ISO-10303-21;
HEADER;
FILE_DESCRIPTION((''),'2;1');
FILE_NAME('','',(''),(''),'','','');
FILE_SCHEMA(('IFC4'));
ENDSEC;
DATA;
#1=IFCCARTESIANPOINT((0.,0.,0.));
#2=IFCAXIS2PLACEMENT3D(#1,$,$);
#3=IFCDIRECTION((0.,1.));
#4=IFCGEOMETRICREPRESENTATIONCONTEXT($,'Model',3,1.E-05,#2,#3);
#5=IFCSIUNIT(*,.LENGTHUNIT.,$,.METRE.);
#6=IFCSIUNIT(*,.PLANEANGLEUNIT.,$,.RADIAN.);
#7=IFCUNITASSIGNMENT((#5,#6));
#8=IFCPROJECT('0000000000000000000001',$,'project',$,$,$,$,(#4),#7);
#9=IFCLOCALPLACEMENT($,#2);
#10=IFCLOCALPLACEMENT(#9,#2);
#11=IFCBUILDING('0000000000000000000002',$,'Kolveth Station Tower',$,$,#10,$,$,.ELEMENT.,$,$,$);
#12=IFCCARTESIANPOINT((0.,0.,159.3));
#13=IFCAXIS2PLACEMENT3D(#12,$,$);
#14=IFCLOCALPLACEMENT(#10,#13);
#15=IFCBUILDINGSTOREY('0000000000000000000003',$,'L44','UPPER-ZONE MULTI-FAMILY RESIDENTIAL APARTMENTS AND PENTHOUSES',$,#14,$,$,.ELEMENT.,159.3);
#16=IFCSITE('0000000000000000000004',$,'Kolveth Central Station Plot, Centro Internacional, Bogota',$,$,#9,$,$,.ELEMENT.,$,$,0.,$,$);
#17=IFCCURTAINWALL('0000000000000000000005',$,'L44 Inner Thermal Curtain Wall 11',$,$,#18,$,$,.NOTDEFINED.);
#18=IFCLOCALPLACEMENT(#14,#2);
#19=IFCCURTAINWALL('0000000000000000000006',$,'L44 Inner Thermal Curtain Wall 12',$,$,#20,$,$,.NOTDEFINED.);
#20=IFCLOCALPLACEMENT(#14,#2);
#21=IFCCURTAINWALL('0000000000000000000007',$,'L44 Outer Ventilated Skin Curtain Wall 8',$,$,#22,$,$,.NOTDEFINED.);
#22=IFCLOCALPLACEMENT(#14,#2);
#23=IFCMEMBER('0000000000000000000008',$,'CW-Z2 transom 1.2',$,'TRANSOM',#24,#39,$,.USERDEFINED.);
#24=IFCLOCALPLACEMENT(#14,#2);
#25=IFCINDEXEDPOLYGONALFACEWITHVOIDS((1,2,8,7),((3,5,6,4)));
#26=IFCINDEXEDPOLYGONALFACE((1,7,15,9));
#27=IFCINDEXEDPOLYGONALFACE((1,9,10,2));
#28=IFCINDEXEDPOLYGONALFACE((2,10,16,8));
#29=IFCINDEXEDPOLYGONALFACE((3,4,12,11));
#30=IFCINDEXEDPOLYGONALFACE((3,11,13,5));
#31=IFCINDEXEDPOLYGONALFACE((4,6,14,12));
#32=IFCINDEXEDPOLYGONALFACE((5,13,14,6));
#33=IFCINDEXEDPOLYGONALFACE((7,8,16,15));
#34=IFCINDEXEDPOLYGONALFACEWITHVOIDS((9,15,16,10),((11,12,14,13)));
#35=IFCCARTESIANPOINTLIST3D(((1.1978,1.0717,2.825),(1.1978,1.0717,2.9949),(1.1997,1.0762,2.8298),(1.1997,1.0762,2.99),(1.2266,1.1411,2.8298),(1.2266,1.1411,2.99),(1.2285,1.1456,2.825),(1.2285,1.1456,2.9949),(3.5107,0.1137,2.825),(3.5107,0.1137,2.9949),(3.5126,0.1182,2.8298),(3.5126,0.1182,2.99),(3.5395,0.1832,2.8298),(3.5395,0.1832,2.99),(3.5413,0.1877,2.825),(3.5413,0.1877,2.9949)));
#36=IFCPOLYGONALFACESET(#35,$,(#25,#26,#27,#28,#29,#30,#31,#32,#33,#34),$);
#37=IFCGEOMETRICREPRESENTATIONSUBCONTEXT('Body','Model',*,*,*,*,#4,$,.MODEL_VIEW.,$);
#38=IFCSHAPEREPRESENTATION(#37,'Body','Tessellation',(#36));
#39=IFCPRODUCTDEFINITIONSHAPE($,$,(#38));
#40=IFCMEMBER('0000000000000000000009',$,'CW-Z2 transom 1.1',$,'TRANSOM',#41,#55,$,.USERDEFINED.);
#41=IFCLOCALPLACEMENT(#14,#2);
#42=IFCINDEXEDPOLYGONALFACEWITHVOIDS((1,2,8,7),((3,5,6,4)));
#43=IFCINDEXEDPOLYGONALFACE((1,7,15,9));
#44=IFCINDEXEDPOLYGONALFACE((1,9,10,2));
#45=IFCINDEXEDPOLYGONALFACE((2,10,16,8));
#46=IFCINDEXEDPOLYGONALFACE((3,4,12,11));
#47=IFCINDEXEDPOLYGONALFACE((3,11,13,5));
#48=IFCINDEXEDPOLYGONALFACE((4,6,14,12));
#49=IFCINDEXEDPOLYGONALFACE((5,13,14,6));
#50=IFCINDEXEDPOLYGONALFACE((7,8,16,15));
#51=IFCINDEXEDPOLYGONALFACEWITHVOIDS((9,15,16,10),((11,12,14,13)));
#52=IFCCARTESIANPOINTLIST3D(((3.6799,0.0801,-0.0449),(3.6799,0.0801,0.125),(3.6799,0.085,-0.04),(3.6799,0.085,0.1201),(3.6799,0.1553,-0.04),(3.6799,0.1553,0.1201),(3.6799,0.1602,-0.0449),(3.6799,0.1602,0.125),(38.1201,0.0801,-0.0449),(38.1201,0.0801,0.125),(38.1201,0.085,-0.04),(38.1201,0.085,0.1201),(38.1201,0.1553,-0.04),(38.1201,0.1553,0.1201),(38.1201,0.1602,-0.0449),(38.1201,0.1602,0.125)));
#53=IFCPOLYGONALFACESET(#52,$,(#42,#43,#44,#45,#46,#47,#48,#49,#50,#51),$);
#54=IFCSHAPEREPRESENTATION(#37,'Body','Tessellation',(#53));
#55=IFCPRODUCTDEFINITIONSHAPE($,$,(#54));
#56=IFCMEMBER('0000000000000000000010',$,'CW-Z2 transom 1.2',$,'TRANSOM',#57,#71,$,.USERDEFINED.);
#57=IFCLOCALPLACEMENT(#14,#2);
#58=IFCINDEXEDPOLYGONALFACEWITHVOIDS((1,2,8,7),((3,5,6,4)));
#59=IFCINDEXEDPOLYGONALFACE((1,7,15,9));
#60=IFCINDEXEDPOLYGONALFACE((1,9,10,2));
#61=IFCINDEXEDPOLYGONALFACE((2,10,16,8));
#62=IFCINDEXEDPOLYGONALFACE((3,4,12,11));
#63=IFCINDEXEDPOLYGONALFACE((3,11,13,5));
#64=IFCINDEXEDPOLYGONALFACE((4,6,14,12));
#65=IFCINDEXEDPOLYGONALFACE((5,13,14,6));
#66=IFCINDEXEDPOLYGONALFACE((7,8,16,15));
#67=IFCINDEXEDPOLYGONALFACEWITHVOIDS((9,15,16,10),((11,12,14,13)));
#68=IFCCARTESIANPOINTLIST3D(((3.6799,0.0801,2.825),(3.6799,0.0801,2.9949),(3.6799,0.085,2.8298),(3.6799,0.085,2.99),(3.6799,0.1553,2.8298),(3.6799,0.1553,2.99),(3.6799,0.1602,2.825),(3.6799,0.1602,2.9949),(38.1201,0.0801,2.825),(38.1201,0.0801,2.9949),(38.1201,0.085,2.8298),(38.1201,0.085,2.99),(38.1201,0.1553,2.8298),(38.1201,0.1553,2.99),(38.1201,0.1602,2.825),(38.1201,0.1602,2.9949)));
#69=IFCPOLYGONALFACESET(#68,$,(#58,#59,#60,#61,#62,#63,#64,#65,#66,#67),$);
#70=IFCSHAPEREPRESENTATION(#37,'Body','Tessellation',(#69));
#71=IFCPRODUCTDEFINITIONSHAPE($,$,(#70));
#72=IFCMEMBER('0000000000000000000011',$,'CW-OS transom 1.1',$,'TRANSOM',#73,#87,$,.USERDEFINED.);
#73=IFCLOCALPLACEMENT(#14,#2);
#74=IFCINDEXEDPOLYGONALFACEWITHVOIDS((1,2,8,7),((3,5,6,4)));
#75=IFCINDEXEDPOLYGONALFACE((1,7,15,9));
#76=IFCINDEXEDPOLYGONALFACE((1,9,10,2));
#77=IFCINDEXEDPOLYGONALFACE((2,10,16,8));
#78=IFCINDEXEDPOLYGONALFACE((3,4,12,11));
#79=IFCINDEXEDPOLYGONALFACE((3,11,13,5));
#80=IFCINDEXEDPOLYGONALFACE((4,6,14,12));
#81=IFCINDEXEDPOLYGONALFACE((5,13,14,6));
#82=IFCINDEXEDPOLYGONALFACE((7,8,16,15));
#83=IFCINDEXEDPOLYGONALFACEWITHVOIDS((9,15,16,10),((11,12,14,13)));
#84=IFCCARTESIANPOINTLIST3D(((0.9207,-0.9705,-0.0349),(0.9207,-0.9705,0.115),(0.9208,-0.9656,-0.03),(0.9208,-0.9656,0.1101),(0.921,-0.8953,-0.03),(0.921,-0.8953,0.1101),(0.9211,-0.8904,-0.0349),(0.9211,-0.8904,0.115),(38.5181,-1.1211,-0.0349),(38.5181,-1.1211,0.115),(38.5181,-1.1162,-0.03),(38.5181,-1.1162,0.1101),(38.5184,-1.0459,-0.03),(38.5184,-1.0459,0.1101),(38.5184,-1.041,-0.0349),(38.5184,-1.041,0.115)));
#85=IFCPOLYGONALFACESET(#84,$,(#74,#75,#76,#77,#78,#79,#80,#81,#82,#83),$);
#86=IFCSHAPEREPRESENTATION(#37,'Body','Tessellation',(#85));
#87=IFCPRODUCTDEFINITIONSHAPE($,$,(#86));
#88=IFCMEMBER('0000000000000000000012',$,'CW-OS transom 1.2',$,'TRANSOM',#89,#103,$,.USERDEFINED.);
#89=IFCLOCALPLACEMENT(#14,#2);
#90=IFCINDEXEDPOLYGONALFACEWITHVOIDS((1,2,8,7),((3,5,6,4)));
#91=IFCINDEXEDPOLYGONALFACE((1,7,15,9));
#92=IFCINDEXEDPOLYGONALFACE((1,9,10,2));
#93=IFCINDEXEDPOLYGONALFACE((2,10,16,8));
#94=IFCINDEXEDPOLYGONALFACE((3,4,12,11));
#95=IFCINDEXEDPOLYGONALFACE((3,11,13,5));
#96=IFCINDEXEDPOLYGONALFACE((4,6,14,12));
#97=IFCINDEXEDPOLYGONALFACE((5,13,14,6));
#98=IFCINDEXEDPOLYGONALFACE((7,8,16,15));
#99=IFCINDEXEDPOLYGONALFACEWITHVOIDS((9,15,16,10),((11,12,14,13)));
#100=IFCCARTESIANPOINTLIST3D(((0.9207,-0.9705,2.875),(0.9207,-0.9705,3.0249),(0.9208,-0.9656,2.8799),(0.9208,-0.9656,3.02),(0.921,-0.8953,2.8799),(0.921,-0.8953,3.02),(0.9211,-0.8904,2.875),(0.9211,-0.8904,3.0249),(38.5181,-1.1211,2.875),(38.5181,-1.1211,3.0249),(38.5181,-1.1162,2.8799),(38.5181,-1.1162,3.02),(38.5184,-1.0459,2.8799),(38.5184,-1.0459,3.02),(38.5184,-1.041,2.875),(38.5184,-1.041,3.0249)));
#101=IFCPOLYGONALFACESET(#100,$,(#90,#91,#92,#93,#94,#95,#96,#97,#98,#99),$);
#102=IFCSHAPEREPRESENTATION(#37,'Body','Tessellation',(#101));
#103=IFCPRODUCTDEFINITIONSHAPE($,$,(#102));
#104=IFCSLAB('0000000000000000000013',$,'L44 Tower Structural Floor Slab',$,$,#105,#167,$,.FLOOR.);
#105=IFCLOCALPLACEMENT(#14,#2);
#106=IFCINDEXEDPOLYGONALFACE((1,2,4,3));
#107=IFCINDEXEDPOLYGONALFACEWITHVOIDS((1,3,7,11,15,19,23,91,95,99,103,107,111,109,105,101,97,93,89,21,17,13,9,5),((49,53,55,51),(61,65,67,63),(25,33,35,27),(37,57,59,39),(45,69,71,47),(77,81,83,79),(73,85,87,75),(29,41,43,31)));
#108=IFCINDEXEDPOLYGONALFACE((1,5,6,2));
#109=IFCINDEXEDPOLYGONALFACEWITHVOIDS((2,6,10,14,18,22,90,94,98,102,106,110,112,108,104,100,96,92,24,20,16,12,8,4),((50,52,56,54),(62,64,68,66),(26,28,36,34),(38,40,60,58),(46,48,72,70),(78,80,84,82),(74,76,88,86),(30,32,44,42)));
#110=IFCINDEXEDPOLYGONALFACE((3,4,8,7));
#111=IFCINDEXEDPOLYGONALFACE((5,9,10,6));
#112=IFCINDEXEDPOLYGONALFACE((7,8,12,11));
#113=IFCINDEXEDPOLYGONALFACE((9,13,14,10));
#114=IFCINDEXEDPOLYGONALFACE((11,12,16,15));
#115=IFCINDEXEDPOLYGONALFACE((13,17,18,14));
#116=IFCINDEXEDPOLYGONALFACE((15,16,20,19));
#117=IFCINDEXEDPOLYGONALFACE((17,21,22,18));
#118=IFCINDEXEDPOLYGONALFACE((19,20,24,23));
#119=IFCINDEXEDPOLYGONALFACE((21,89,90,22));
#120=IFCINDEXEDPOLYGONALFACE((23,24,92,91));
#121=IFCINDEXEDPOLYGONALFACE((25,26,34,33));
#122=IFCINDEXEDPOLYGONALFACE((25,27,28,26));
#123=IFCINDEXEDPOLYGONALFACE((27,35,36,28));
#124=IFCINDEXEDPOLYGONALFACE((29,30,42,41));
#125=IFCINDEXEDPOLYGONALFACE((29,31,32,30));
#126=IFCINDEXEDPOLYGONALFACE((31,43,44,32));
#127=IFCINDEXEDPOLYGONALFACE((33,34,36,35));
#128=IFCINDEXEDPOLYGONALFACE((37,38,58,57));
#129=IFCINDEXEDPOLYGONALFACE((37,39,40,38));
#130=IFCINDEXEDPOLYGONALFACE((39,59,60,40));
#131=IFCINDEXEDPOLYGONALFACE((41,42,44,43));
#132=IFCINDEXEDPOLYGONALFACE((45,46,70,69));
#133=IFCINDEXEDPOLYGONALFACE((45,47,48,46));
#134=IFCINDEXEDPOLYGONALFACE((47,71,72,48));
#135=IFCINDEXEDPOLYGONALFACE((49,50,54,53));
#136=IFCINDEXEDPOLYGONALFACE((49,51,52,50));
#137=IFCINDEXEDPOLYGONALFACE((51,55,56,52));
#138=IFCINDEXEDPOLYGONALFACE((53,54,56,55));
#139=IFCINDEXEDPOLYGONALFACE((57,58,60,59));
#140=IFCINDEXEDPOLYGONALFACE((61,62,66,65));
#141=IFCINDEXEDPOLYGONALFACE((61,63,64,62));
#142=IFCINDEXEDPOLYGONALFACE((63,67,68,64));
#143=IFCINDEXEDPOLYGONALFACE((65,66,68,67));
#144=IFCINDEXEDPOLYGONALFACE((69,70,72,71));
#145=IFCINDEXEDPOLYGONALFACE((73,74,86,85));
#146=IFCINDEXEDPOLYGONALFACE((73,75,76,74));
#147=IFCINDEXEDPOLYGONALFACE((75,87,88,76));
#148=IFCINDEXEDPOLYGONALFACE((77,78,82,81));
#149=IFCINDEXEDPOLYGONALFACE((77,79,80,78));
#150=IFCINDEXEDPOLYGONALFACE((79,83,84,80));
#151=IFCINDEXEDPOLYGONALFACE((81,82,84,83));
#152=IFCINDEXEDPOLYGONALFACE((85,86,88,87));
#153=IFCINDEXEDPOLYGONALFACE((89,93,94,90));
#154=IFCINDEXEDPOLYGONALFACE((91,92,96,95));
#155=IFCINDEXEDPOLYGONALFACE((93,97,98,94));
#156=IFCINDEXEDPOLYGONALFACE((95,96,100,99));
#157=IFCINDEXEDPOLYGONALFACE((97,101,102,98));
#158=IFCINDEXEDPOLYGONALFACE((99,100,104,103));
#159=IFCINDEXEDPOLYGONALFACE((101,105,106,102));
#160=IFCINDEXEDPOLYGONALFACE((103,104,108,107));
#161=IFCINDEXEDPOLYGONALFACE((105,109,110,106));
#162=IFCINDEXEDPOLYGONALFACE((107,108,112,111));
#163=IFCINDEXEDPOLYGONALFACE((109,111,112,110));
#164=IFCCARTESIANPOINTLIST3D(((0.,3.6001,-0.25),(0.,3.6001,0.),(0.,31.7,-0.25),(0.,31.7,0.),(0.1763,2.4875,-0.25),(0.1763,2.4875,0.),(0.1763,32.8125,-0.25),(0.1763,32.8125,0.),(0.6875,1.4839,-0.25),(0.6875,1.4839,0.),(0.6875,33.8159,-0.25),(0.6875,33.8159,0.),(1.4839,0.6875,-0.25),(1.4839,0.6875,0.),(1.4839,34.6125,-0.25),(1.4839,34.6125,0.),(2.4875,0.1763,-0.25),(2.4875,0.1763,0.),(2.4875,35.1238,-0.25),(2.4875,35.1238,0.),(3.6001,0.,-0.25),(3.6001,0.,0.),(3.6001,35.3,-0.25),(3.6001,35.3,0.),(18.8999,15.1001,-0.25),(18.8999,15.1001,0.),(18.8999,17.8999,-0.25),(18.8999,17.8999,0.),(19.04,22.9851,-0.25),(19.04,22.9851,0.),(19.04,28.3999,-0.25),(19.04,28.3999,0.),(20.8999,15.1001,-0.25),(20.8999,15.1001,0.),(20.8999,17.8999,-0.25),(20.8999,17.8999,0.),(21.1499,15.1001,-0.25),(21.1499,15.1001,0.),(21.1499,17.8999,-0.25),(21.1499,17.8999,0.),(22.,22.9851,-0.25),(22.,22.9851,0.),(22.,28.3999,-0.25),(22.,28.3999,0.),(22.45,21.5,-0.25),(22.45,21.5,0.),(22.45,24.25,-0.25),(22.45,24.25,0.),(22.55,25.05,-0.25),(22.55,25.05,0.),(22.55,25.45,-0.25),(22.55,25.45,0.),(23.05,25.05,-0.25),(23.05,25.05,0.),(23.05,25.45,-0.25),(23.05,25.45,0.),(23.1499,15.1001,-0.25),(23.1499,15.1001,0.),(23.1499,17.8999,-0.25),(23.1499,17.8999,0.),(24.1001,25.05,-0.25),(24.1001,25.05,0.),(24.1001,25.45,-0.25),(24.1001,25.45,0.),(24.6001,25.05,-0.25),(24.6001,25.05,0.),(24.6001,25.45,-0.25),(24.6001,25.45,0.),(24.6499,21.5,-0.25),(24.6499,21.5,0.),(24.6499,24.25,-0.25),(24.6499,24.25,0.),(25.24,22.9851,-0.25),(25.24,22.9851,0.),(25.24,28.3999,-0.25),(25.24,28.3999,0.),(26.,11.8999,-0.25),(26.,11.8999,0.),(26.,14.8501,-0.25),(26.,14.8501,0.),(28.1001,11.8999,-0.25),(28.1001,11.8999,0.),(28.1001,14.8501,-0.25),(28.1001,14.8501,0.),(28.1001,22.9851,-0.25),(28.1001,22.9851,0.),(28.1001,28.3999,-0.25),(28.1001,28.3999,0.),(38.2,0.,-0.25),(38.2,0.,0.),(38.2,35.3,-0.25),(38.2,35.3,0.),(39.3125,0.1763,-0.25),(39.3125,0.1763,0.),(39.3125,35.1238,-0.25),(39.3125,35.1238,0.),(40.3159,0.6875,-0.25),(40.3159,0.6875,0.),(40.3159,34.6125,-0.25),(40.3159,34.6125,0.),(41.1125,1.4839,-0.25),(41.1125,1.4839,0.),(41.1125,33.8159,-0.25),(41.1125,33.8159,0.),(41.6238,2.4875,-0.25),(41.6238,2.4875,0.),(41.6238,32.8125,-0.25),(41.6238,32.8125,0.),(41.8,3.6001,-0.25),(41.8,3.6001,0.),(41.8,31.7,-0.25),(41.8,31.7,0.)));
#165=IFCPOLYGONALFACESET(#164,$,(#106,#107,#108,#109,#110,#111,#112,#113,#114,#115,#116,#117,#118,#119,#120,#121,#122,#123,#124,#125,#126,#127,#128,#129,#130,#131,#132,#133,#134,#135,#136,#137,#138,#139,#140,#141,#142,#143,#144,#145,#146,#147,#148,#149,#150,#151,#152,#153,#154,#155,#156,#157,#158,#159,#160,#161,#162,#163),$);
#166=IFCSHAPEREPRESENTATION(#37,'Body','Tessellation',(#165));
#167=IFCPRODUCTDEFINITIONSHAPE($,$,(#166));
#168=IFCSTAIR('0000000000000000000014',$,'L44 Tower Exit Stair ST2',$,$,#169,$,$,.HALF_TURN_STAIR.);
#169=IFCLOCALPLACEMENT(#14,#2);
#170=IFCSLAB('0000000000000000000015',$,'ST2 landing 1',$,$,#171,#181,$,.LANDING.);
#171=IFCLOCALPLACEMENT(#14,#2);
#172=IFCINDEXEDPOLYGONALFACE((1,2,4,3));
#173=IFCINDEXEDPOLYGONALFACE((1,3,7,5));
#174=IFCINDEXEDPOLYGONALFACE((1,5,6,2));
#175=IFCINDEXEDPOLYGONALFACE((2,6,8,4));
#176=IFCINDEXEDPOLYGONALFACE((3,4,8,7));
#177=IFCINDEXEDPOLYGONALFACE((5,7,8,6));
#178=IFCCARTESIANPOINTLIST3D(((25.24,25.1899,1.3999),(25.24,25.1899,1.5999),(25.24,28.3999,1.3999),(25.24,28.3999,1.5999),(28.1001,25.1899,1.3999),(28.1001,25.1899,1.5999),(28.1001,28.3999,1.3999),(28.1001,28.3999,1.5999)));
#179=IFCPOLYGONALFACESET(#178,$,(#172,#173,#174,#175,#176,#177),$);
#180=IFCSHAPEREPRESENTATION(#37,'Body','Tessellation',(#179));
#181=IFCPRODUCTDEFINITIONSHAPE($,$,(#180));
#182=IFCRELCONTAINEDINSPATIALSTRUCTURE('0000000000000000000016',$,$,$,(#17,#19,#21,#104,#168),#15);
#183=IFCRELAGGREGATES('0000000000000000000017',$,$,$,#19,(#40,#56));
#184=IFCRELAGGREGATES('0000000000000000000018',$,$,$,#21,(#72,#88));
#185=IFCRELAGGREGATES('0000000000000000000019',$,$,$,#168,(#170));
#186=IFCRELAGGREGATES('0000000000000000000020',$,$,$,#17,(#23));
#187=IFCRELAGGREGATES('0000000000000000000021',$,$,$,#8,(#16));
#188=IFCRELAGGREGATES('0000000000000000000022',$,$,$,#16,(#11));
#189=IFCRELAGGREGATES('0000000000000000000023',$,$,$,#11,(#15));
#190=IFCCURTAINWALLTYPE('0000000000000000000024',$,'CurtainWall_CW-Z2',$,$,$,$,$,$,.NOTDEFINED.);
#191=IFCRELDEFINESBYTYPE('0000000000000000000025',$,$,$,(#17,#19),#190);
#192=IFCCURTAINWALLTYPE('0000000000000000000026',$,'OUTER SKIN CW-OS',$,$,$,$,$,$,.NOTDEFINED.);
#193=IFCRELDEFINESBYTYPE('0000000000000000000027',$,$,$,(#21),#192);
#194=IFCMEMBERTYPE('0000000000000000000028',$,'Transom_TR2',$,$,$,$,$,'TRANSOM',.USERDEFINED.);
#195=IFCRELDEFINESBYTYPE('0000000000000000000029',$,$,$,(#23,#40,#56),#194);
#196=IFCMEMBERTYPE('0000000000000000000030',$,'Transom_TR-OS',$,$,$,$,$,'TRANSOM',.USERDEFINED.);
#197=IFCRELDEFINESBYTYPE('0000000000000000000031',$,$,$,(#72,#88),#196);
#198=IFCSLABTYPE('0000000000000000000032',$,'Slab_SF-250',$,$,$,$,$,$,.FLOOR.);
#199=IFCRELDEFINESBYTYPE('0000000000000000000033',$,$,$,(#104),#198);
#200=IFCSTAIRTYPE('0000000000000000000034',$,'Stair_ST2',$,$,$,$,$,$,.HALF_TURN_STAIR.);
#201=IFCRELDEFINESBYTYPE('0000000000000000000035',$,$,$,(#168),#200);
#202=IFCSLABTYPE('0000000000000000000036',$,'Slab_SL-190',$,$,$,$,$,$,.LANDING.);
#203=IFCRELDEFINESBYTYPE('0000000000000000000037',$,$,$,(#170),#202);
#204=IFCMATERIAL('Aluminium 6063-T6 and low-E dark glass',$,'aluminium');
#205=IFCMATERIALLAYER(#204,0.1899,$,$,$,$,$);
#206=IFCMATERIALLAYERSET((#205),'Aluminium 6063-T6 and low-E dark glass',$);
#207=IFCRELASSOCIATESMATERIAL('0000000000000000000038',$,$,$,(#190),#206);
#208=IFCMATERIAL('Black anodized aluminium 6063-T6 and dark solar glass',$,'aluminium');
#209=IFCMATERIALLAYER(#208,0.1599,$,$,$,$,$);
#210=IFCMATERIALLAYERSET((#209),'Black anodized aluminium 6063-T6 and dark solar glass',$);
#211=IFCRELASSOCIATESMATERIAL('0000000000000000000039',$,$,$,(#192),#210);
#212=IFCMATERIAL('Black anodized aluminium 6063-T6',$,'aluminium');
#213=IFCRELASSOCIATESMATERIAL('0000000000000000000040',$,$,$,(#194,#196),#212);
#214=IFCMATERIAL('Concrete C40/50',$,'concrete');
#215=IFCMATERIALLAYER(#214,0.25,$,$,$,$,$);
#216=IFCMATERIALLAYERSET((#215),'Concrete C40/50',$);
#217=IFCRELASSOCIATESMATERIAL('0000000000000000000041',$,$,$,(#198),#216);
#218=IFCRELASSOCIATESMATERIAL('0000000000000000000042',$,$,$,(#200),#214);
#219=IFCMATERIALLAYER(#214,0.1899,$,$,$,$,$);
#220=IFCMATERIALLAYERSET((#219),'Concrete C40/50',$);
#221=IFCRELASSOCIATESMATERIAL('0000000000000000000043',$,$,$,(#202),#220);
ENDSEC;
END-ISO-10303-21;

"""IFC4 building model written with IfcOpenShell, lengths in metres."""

from ifc_helpers import new_model, si_unit, direction, frame, origin, origin_2d, place, context, subcontext, project, spatial, polyline, hollow_rectangle, outline, extrude, source, transform, mapped, material, layer, layer_set, material_profile, profile_set, type_object, element, aggregate, save


model = new_model("IFC4")

# Units and contexts
model_context = context("Model", 3, precision=1e-05, world=origin(), true_north=direction((0.0, 1.0)))
body_context = subcontext(model_context, "Body", "Model", "MODEL_VIEW")
ifc_project = project(units=[si_unit("LENGTHUNIT", "METRE"), si_unit("PLANEANGLEUNIT", "RADIAN")], contexts=[model_context])

# Site, building, storey
site_placement = place(None, origin())
site = spatial("IfcSite", under=ifc_project, at=site_placement, Name="Kolveth Central Station Plot, Centro Internacional, Bogota", CompositionType="ELEMENT", RefElevation=0.0)
building_placement = place(site_placement, origin())
building = spatial("IfcBuilding", under=site, at=building_placement, Name="Kolveth Station Tower", CompositionType="ELEMENT")
storey_placement = place(building_placement, frame((0.0, 0.0, 159.3)))
storey = spatial("IfcBuildingStorey", under=building, at=storey_placement, Name="L44", Description="UPPER-ZONE MULTI-FAMILY RESIDENTIAL APARTMENTS AND PENTHOUSES", CompositionType="ELEMENT", Elevation=159.3)

# Shared definitions
ifc_material_1 = material(Name="Aluminium 6063-T6 and low-E dark glass", Category="aluminium")
ifc_layer_1 = layer(ifc_material_1, 0.1899)
ifc_layer_set_1 = layer_set([ifc_layer_1], Name="Aluminium 6063-T6 and low-E dark glass")
curtain_wall_type_1 = type_object("IfcCurtainWallType", Name="CurtainWall_CW-Z2", PredefinedType="NOTDEFINED", material=ifc_layer_set_1)
ifc_material_2 = material(Name="Black anodized aluminium 6063-T6", Category="aluminium")

# Curtain wall
curtain_wall_1_placement = place(storey_placement, origin())
curtain_wall_1 = element("IfcCurtainWall", 1, at=curtain_wall_1_placement, inside=storey, type_object=curtain_wall_type_1, Name="L44 Inner Thermal Curtain Wall 11", PredefinedType="NOTDEFINED")

# Curtain walls
curtain_wall_2_placement = place(storey_placement, origin())
curtain_wall_2 = element("IfcCurtainWall", 2, at=curtain_wall_2_placement, inside=storey, type_object=curtain_wall_type_1, Name="L44 Inner Thermal Curtain Wall 12", PredefinedType="NOTDEFINED")
ifc_material_3 = material(Name="Black anodized aluminium 6063-T6 and dark solar glass", Category="aluminium")
ifc_layer_2 = layer(ifc_material_3, 0.1599)
ifc_layer_set_2 = layer_set([ifc_layer_2], Name="Black anodized aluminium 6063-T6 and dark solar glass")
curtain_wall_type_2 = type_object("IfcCurtainWallType", Name="OUTER SKIN CW-OS", PredefinedType="NOTDEFINED", material=ifc_layer_set_2)
curtain_wall_3_placement = place(storey_placement, origin())
curtain_wall_3 = element("IfcCurtainWall", 3, at=curtain_wall_3_placement, inside=storey, type_object=curtain_wall_type_2, Name="L44 Outer Ventilated Skin Curtain Wall 8", PredefinedType="NOTDEFINED")

# Members
ifc_material_profile_1 = material_profile(ifc_material_2, hollow_rectangle(XDim=0.0801, YDim=0.1699, WallThickness=0.0049, at=origin_2d()), Name="ALU-80x170x5")
ifc_profile_set_1 = profile_set([ifc_material_profile_1], Name="Black anodized aluminium 6063-T6")
member_type_1 = type_object("IfcMemberType", Name="Transom_TR2", ElementType="TRANSOM", PredefinedType="USERDEFINED", material=ifc_profile_set_1)
shared_shape_1 = source(origin(), body_context, "Body", "SweptSolid", [
    extrude(hollow_rectangle(XDim=0.0801, YDim=0.1699, WallThickness=0.0049, at=origin_2d()), origin(), (0.0, 0.0, 1.0), 2.5034),
])
member_1_placement = place(storey_placement, frame((1.2131, 1.1086, 2.9099), z_axis=(0.923888, -0.382662, 0.0), x_axis=(0.382662, 0.923888, 0.0)))
member_1 = element("IfcMember", 4, at=member_1_placement, type_object=member_type_1, Name="CW-Z2 transom 1.2", ObjectType="TRANSOM", PredefinedType="USERDEFINED", context=body_context, shape_type="MappedRepresentation", body=[
    mapped(shared_shape_1, transform((0.0, 0.0, 0.0), x_axis=(1.0, 0.0, 0.0), y_axis=(0.0, 1.0, 0.0), z_axis=(0.0, 0.0, 1.0), scale=1.0)),
])
shared_shape_2 = source(origin(), body_context, "Body", "SweptSolid", [
    extrude(hollow_rectangle(XDim=0.0801, YDim=0.1699, WallThickness=0.0049, at=origin_2d()), origin(), (0.0, 0.0, 1.0), 34.4402),
])
member_2_placement = place(storey_placement, frame((3.6799, 0.1201, 0.04), z_axis=(1.0, 0.0, 0.0), x_axis=(0.0, 1.0, 0.0)))
member_2 = element("IfcMember", 5, at=member_2_placement, type_object=member_type_1, Name="CW-Z2 transom 1.1", ObjectType="TRANSOM", PredefinedType="USERDEFINED", context=body_context, shape_type="MappedRepresentation", body=[
    mapped(shared_shape_2, transform((0.0, 0.0, 0.0), x_axis=(1.0, 0.0, 0.0), y_axis=(0.0, 1.0, 0.0), z_axis=(0.0, 0.0, 1.0), scale=1.0)),
])
member_3_placement = place(storey_placement, frame((3.6799, 0.1201, 2.9099), z_axis=(1.0, 0.0, 0.0), x_axis=(0.0, 1.0, 0.0)))
member_3 = element("IfcMember", 6, at=member_3_placement, type_object=member_type_1, Name="CW-Z2 transom 1.2", ObjectType="TRANSOM", PredefinedType="USERDEFINED", context=body_context, shape_type="MappedRepresentation", body=[
    mapped(shared_shape_2, transform((0.0, 0.0, 0.0), x_axis=(1.0, 0.0, 0.0), y_axis=(0.0, 1.0, 0.0), z_axis=(0.0, 0.0, 1.0), scale=1.0)),
])
aggregate(curtain_wall_2, [member_2, member_3])
ifc_material_profile_2 = material_profile(ifc_material_2, hollow_rectangle(XDim=0.0801, YDim=0.1499, WallThickness=0.0049, at=origin_2d()), Name="ALU-80x150x5")
ifc_profile_set_2 = profile_set([ifc_material_profile_2], Name="Black anodized aluminium 6063-T6")
member_type_2 = type_object("IfcMemberType", Name="Transom_TR-OS", ElementType="TRANSOM", PredefinedType="USERDEFINED", material=ifc_profile_set_2)
shared_shape_3 = source(origin(), body_context, "Body", "SweptSolid", [
    extrude(hollow_rectangle(XDim=0.0801, YDim=0.1499, WallThickness=0.0049, at=origin_2d()), origin(), (0.0, 0.0, 1.0), 37.5977),
])
member_4_placement = place(storey_placement, frame((0.9209, -0.9304, 0.04), z_axis=(0.999992, -0.004006, 0.0), x_axis=(0.004006, 0.999992, 0.0)))
member_4 = element("IfcMember", 7, at=member_4_placement, type_object=member_type_2, Name="CW-OS transom 1.1", ObjectType="TRANSOM", PredefinedType="USERDEFINED", context=body_context, shape_type="MappedRepresentation", body=[
    mapped(shared_shape_3, transform((0.0, 0.0, 0.0), x_axis=(1.0, 0.0, 0.0), y_axis=(0.0, 1.0, 0.0), z_axis=(0.0, 0.0, 1.0), scale=1.0)),
])
member_5_placement = place(storey_placement, frame((0.9209, -0.9304, 2.95), z_axis=(0.999992, -0.004006, 0.0), x_axis=(0.004006, 0.999992, 0.0)))
member_5 = element("IfcMember", 8, at=member_5_placement, type_object=member_type_2, Name="CW-OS transom 1.2", ObjectType="TRANSOM", PredefinedType="USERDEFINED", context=body_context, shape_type="MappedRepresentation", body=[
    mapped(shared_shape_3, transform((0.0, 0.0, 0.0), x_axis=(1.0, 0.0, 0.0), y_axis=(0.0, 1.0, 0.0), z_axis=(0.0, 0.0, 1.0), scale=1.0)),
])
aggregate(curtain_wall_3, [member_4, member_5])

# Slab
ifc_material_4 = material(Name="Concrete C40/50", Category="concrete")
ifc_layer_3 = layer(ifc_material_4, 0.25)
ifc_layer_set_3 = layer_set([ifc_layer_3], Name="Concrete C40/50")
slab_type_1 = type_object("IfcSlabType", Name="Slab_SF-250", PredefinedType="FLOOR", material=ifc_layer_set_3)
slab_1_placement = place(storey_placement, frame((0.0, 0.0, -0.25)))
element("IfcSlab", 9, at=slab_1_placement, inside=storey, type_object=slab_type_1, Name="L44 Tower Structural Floor Slab", PredefinedType="FLOOR", context=body_context, shape_type="SweptSolid", body=[
    extrude(outline(polyline([(38.2, 0.0), (39.3125, 0.1763), (40.3159, 0.6875), (41.1125, 1.4839), (41.6238, 2.4875), (41.8, 3.6001), (41.8, 31.7), (41.6238, 32.8125), (41.1125, 33.8159), (40.3159, 34.6125), (39.3125, 35.1238), (38.2, 35.3), (3.6001, 35.3), (2.4875, 35.1238), (1.4839, 34.6125), (0.6875, 33.8159), (0.1763, 32.8125), (0.0, 31.7), (0.0, 3.6001), (0.1763, 2.4875), (0.6875, 1.4839), (1.4839, 0.6875), (2.4875, 0.1763), (3.6001, 0.0), (38.2, 0.0)]), holes=[polyline([(19.04, 22.9851), (22.0, 22.9851), (22.0, 28.3999), (19.04, 28.3999), (19.04, 22.9851)]), polyline([(25.24, 22.9851), (28.1001, 22.9851), (28.1001, 28.3999), (25.24, 28.3999), (25.24, 22.9851)]), polyline([(18.8999, 15.1001), (20.8999, 15.1001), (20.8999, 17.8999), (18.8999, 17.8999), (18.8999, 15.1001)]), polyline([(21.1499, 15.1001), (23.1499, 15.1001), (23.1499, 17.8999), (21.1499, 17.8999), (21.1499, 15.1001)]), polyline([(22.45, 21.5), (24.6499, 21.5), (24.6499, 24.25), (22.45, 24.25), (22.45, 21.5)]), polyline([(26.0, 11.8999), (28.1001, 11.8999), (28.1001, 14.8501), (26.0, 14.8501), (26.0, 11.8999)]), polyline([(22.55, 25.05), (23.05, 25.05), (23.05, 25.45), (22.55, 25.45), (22.55, 25.05)]), polyline([(24.1001, 25.05), (24.6001, 25.05), (24.6001, 25.45), (24.1001, 25.45), (24.1001, 25.05)])]), origin(), (0.0, 0.0, 1.0), 0.25),
])

# Stair, slab
stair_type_1 = type_object("IfcStairType", Name="Stair_ST2", PredefinedType="HALF_TURN_STAIR", material=ifc_material_4)
stair_1_placement = place(storey_placement, origin())
stair_1 = element("IfcStair", 10, at=stair_1_placement, inside=storey, type_object=stair_type_1, Name="L44 Tower Exit Stair ST2", PredefinedType="HALF_TURN_STAIR")
ifc_layer_4 = layer(ifc_material_4, 0.1899)
ifc_layer_set_4 = layer_set([ifc_layer_4], Name="Concrete C40/50")
slab_type_2 = type_object("IfcSlabType", Name="Slab_SL-190", PredefinedType="LANDING", material=ifc_layer_set_4)
slab_2_placement = place(storey_placement, frame((0.0, 0.0, 1.3999)))
slab_2 = element("IfcSlab", 11, at=slab_2_placement, type_object=slab_type_2, Name="ST2 landing 1", PredefinedType="LANDING", context=body_context, shape_type="SweptSolid", body=[
    extrude(outline(polyline([(28.1001, 25.1899), (28.1001, 28.3999), (25.24, 28.3999), (25.24, 25.1899), (28.1001, 25.1899)])), origin(), (0.0, 0.0, 1.0), 0.2),
])
aggregate(stair_1, [slab_2])

aggregate(curtain_wall_1, [member_1])

save(model, "model.ifc")
